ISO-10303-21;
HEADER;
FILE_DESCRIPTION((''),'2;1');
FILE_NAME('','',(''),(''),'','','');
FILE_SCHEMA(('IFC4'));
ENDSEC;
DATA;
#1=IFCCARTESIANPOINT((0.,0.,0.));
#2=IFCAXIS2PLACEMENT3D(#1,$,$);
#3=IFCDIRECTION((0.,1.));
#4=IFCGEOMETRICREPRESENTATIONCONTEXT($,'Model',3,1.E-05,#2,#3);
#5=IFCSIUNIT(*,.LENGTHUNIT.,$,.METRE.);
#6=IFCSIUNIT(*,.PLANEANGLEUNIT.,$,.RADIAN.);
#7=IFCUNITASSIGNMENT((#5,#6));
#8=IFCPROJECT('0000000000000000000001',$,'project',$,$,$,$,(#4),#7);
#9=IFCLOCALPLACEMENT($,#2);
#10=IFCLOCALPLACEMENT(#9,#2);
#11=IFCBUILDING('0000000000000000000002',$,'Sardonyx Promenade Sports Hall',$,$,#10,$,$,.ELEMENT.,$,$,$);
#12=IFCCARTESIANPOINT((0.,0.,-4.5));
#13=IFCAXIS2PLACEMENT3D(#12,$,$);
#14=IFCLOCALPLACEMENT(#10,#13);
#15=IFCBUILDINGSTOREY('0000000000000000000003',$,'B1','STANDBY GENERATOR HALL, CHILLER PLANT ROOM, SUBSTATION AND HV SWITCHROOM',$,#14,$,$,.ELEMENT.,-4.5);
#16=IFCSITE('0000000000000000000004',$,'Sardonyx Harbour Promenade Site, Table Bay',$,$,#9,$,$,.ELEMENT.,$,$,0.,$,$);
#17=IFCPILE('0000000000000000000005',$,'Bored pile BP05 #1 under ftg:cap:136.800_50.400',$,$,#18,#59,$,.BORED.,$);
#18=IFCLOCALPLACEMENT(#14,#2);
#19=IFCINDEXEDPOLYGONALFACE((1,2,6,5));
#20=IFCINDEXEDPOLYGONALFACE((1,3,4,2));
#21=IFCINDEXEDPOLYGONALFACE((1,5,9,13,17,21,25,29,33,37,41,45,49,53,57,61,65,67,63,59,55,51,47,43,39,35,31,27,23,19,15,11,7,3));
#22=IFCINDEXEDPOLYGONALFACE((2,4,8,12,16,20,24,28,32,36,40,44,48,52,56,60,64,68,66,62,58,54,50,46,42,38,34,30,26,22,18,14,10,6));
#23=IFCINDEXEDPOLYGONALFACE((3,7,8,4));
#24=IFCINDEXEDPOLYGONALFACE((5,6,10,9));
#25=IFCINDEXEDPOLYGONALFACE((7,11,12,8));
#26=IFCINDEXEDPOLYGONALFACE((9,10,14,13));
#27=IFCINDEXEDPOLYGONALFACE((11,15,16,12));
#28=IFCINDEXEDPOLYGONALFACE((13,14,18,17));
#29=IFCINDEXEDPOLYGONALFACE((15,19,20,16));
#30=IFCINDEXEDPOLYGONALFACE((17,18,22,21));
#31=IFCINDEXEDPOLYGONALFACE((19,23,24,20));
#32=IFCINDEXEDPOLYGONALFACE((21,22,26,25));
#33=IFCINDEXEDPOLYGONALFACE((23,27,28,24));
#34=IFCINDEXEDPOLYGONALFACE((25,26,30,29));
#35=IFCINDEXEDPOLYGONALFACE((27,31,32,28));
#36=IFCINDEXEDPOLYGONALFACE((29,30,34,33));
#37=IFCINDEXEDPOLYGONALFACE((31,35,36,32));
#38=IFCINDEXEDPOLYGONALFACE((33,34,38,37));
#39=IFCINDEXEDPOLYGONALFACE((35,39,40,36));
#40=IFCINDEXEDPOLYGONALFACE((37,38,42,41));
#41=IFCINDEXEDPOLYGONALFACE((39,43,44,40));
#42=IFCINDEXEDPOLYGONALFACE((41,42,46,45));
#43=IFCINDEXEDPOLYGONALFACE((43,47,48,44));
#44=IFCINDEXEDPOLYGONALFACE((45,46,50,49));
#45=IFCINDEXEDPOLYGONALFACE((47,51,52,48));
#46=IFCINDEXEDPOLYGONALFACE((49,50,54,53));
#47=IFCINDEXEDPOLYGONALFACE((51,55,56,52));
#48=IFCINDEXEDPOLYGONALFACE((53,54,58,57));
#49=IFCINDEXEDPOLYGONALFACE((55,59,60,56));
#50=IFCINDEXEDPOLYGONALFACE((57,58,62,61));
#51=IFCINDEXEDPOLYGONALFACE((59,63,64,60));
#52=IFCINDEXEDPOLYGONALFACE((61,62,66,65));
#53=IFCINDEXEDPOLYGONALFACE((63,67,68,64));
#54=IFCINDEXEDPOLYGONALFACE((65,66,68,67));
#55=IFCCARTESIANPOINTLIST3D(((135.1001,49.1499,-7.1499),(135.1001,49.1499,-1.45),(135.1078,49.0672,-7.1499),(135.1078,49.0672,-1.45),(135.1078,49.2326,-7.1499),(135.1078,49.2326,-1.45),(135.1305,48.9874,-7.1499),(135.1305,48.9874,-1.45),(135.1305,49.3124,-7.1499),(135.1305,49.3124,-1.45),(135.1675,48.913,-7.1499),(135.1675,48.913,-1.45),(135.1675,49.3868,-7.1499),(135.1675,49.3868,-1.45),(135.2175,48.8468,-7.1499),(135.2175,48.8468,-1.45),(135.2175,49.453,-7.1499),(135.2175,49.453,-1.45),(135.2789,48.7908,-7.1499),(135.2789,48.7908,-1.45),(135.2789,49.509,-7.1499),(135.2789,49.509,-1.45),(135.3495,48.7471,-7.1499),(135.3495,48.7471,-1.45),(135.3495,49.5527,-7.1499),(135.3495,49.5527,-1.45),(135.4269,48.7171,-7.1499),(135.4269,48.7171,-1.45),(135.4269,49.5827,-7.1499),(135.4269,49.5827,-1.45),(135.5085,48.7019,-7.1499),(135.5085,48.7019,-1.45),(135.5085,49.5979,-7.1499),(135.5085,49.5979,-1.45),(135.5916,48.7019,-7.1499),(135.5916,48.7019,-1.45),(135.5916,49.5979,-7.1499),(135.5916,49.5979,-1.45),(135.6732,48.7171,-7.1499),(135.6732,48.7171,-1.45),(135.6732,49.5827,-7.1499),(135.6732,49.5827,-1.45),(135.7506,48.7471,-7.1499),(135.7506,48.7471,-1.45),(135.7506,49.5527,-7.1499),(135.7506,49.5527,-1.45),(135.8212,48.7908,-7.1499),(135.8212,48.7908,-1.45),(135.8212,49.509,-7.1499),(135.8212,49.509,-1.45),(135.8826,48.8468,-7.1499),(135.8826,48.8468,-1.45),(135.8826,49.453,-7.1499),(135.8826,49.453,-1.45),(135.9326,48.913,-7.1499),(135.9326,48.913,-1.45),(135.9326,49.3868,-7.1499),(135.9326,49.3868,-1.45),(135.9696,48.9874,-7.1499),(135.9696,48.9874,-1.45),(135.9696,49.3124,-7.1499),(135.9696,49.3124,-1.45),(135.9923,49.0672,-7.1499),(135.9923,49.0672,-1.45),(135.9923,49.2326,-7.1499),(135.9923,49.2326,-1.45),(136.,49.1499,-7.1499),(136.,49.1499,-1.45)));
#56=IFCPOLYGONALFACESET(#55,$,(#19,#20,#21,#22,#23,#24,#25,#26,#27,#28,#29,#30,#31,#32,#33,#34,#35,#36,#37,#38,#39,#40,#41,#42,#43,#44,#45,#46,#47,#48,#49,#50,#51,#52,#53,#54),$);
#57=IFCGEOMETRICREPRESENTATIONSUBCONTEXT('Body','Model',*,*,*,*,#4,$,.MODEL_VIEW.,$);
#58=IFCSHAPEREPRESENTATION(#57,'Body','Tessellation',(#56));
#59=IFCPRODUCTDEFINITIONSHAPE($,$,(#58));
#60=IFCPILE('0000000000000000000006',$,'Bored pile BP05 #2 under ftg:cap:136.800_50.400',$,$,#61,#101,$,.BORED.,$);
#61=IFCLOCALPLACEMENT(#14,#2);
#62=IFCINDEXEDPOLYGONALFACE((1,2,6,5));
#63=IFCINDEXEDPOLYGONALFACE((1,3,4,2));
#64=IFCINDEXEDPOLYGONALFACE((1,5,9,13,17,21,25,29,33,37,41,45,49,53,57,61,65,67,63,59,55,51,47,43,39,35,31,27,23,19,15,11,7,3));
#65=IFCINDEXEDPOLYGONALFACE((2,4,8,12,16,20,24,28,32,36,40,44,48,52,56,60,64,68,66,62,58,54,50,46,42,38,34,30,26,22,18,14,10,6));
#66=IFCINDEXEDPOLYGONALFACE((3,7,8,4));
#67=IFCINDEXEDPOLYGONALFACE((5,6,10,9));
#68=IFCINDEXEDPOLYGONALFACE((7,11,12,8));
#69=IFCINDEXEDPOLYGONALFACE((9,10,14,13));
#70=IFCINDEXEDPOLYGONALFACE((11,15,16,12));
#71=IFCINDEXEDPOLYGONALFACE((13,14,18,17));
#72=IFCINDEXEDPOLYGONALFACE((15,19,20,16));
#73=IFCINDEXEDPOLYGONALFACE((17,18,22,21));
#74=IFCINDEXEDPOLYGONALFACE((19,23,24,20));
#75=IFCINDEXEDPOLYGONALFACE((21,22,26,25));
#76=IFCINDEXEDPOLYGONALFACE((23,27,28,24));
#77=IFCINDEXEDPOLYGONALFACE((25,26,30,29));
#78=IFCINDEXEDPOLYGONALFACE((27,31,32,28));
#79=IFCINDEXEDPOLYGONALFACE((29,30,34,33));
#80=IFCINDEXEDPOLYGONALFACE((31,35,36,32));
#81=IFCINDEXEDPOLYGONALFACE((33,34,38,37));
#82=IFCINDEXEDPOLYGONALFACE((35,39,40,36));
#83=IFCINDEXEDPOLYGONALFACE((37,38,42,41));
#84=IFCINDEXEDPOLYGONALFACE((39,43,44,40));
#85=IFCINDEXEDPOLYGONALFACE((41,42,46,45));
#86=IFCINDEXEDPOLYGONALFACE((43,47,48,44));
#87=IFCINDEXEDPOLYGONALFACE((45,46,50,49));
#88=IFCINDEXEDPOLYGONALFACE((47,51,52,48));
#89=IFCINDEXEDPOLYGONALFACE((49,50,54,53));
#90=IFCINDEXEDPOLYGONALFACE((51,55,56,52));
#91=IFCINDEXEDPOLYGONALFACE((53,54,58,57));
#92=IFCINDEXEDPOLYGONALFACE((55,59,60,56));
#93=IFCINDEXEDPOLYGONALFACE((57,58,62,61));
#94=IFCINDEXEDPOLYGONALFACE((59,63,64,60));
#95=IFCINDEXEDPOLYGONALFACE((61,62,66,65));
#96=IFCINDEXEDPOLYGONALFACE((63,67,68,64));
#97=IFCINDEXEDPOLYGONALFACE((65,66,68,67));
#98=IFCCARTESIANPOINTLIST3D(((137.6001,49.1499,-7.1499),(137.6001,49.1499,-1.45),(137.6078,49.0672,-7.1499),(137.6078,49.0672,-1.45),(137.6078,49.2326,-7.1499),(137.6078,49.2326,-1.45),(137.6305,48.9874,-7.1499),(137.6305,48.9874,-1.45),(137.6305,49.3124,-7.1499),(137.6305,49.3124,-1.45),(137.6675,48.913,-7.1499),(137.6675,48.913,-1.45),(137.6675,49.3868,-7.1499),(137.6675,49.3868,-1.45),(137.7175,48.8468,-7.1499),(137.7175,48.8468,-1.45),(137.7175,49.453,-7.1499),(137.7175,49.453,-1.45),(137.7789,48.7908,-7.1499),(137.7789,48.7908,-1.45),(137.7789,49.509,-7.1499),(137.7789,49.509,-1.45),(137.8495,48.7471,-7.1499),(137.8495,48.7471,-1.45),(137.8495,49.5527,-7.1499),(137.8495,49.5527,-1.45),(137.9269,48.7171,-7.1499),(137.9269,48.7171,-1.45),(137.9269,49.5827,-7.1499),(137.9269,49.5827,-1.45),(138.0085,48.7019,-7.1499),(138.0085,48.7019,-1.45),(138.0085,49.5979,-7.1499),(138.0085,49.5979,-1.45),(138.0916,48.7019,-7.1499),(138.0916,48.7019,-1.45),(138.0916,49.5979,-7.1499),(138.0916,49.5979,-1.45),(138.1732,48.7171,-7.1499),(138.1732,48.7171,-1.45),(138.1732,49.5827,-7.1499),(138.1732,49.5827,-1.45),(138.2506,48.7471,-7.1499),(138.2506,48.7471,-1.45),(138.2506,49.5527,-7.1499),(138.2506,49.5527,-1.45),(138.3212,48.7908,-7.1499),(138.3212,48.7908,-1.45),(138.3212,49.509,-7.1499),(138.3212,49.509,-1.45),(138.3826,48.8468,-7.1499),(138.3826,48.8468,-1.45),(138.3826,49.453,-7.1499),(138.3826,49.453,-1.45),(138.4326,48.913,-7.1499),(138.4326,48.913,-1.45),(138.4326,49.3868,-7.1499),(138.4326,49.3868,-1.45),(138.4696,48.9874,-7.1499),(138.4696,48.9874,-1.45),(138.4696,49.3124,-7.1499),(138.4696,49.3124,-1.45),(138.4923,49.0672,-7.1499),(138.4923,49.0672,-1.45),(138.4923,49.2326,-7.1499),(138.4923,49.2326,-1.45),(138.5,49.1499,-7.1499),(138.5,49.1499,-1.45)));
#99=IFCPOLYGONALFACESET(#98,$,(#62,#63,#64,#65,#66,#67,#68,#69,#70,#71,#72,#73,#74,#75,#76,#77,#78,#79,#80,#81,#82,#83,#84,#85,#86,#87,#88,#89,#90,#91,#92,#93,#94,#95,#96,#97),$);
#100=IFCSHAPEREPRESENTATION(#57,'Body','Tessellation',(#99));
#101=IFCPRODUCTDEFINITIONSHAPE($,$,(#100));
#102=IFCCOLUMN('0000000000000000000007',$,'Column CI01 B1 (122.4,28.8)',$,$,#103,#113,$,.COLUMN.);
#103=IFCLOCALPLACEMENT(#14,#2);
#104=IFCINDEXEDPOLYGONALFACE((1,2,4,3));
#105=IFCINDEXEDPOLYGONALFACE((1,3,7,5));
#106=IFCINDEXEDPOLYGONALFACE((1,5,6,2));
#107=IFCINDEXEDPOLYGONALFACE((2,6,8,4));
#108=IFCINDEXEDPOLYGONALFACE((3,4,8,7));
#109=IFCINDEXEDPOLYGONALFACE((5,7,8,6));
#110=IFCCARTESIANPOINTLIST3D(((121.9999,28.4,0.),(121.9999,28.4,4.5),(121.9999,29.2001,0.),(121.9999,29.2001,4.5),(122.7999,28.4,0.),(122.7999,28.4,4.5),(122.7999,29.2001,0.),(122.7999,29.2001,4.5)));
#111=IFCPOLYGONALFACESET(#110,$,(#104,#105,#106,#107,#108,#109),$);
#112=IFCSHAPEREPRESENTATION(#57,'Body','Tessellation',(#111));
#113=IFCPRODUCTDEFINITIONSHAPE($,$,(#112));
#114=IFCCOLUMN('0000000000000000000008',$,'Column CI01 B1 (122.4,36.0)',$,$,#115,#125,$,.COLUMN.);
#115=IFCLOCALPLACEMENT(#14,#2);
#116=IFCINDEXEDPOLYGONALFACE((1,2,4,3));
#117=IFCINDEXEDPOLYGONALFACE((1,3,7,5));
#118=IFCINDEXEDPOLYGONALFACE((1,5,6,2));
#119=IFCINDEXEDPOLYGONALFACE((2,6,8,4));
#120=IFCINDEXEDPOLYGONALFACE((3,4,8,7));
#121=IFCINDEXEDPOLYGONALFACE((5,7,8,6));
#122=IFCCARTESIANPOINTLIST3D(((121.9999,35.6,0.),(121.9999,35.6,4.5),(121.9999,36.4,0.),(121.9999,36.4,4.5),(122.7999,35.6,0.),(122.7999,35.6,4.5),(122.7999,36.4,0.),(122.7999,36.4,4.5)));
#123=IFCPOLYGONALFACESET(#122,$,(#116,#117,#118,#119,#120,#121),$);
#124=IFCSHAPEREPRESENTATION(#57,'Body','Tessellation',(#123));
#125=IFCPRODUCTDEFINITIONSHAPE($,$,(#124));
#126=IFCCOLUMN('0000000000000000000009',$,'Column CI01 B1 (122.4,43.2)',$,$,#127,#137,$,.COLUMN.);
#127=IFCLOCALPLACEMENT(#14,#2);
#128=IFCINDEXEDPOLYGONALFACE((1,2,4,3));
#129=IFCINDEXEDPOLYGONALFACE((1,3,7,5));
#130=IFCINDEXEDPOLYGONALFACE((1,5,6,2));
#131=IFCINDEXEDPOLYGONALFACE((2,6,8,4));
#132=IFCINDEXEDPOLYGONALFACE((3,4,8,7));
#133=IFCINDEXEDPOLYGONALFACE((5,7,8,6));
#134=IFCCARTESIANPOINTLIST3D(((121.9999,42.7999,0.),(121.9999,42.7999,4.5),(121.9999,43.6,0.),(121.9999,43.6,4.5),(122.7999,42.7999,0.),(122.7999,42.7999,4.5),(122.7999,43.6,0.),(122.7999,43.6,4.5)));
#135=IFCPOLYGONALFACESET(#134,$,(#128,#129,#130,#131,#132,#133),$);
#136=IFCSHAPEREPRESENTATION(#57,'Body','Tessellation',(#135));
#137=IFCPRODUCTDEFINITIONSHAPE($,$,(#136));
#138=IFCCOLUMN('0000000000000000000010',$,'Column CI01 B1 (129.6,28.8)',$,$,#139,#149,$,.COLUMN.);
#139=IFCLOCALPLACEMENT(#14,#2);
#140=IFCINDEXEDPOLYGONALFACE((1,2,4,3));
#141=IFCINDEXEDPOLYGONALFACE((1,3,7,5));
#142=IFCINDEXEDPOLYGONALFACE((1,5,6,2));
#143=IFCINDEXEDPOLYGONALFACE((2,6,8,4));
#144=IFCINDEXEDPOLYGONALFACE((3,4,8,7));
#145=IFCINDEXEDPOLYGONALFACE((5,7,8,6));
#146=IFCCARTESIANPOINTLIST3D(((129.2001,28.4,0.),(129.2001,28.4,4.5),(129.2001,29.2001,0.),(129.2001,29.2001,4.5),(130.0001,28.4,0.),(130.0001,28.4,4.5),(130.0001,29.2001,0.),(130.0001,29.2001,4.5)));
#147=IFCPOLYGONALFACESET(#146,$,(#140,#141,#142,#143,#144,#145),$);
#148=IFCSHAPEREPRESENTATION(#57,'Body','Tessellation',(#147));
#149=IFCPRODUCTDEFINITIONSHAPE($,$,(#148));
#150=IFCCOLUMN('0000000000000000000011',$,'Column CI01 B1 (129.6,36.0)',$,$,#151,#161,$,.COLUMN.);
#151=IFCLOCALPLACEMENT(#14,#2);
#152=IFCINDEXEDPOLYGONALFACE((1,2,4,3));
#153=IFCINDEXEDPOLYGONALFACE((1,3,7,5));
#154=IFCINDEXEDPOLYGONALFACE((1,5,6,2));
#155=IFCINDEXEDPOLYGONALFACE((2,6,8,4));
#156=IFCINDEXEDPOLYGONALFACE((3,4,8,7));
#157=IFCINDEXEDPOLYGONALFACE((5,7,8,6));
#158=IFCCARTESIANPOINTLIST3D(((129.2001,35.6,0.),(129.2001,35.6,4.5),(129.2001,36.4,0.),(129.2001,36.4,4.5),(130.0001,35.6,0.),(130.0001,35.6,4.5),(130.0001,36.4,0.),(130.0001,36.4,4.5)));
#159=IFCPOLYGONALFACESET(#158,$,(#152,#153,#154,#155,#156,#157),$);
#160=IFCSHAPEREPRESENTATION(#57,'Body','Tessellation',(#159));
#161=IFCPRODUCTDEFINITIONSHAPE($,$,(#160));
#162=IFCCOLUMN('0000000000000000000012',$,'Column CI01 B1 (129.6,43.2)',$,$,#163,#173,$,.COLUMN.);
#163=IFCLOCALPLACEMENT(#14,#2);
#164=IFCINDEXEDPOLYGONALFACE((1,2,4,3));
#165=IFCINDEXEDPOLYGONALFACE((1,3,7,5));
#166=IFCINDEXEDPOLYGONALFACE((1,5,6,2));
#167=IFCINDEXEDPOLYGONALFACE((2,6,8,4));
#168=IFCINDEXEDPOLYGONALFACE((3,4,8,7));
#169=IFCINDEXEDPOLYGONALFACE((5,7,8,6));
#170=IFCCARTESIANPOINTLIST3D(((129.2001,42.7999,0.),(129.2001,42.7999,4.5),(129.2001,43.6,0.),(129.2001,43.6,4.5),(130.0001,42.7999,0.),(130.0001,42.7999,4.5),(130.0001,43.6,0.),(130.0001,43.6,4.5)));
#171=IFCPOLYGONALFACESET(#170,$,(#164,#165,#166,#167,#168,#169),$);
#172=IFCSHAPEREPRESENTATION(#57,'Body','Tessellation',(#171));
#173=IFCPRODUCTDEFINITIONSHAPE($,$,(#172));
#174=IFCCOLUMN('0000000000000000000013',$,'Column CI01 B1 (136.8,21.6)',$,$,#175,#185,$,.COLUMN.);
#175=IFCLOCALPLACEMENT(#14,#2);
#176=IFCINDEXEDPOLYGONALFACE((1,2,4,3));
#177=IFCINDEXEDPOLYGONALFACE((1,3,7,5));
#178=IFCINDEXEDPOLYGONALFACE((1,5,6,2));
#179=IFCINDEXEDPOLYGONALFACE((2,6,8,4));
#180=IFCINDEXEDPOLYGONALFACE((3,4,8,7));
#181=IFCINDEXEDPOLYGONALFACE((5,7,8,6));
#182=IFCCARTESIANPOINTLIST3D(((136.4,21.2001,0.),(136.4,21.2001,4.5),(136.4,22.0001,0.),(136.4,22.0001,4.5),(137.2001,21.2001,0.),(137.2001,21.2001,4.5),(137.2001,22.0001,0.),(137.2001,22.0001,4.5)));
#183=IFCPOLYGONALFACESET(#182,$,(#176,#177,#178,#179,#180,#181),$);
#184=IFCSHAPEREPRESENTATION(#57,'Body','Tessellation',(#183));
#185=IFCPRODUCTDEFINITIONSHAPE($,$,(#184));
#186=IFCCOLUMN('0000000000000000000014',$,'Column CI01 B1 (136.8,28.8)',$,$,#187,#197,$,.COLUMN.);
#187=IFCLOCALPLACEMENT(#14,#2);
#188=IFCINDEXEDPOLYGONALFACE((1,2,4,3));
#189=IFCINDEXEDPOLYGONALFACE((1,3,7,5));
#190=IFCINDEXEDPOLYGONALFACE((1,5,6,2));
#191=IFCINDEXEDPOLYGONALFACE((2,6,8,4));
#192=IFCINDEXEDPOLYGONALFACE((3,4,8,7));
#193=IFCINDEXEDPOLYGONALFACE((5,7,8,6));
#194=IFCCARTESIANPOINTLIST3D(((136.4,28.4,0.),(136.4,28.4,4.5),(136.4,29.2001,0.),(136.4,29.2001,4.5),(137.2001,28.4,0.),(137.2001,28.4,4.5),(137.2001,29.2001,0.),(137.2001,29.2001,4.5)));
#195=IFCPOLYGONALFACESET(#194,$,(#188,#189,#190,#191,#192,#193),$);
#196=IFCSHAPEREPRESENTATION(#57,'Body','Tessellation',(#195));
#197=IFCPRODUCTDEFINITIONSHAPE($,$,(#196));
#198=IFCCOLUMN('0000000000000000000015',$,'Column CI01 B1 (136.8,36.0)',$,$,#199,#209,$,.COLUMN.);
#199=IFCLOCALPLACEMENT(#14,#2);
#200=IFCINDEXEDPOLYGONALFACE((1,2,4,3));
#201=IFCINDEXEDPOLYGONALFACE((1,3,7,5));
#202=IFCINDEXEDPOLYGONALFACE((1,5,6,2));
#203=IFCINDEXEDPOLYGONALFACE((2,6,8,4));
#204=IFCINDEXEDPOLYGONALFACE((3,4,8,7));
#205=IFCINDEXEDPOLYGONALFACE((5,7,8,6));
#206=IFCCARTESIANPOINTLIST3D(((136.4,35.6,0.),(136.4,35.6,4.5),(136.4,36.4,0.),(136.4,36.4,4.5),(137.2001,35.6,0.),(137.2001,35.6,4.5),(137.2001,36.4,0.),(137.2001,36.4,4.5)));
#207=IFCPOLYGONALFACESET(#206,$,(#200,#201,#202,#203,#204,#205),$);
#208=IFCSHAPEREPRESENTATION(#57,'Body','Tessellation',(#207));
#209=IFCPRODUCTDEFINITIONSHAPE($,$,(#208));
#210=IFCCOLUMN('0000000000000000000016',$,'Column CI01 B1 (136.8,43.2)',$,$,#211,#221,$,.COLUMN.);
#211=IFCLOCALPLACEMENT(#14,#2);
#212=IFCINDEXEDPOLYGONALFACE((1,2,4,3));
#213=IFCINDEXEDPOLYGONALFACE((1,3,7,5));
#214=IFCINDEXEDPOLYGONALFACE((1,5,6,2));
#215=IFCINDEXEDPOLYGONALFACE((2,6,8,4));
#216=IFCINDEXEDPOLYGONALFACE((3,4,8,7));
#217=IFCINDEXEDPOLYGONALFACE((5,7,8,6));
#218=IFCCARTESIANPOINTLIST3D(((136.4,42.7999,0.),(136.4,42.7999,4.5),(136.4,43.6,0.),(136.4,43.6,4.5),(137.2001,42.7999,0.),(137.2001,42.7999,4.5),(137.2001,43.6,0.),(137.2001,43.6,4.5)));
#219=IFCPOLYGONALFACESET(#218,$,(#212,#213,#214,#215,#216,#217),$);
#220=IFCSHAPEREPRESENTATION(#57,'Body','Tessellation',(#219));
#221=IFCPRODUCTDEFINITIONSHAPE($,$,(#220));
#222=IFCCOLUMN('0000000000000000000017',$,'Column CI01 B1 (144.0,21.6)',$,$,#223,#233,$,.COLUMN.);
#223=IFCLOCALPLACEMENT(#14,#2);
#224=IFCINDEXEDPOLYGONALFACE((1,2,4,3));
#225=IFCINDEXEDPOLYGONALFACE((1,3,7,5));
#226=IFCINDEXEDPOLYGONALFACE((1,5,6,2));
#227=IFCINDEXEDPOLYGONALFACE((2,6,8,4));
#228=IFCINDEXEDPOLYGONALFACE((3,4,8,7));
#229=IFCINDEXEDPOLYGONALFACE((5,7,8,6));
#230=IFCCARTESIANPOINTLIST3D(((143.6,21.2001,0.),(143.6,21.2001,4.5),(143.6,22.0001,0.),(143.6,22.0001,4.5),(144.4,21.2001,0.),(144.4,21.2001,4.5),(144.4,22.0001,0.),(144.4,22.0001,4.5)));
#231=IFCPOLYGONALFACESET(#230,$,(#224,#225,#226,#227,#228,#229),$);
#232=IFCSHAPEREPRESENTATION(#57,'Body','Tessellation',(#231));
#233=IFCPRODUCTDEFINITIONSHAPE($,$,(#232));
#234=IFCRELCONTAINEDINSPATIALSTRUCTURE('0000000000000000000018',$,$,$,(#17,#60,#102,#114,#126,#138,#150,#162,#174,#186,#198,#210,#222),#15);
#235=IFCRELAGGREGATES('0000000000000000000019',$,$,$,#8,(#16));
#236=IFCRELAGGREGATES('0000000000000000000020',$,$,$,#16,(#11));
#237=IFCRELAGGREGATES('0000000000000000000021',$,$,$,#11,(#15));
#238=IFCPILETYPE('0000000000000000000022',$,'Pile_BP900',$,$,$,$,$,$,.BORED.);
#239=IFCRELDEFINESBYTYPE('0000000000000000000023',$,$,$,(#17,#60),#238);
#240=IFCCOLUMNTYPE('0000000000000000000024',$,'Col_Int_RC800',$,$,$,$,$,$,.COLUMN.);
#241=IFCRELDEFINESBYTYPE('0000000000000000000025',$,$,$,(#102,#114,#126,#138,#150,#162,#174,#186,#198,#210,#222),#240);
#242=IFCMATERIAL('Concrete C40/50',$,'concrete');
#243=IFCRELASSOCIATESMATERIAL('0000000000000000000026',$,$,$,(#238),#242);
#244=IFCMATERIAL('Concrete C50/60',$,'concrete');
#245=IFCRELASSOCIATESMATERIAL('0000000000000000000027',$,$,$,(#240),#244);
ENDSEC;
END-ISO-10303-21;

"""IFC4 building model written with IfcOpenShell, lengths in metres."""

from ifc_helpers import new_model, si_unit, direction, frame, origin, origin_2d, place, context, subcontext, project, spatial, rectangle, circle, extrude, material, material_profile, profile_set, type_object, element, save


model = new_model("IFC4")

# Units and contexts
model_context = context("Model", 3, precision=1e-05, world=origin(), true_north=direction((0.0, 1.0)))
body_context = subcontext(model_context, "Body", "Model", "MODEL_VIEW")
ifc_project = project(units=[si_unit("LENGTHUNIT", "METRE"), si_unit("PLANEANGLEUNIT", "RADIAN")], contexts=[model_context])

# Site, building, storey
site_placement = place(None, origin())
site = spatial("IfcSite", under=ifc_project, at=site_placement, Name="Sardonyx Harbour Promenade Site, Table Bay", CompositionType="ELEMENT", RefElevation=0.0)
building_placement = place(site_placement, origin())
building = spatial("IfcBuilding", under=site, at=building_placement, Name="Sardonyx Promenade Sports Hall", CompositionType="ELEMENT")
storey_placement = place(building_placement, frame((0.0, 0.0, -4.5)))
storey = spatial("IfcBuildingStorey", under=building, at=storey_placement, Name="B1", Description="STANDBY GENERATOR HALL, CHILLER PLANT ROOM, SUBSTATION AND HV SWITCHROOM", CompositionType="ELEMENT", Elevation=-4.5)

# Piles
ifc_material_1 = material(Name="Concrete C40/50", Category="concrete")
ifc_material_profile_1 = material_profile(ifc_material_1, circle(Radius=0.45, at=origin_2d()))
ifc_profile_set_1 = profile_set([ifc_material_profile_1], Name="Concrete C40/50")
pile_type_1 = type_object("IfcPileType", Name="Pile_BP900", PredefinedType="BORED", material=ifc_profile_set_1)
for number, where, z_axis, x_axis, name in (
    (1, (135.55, 49.1499, -1.45), (0.0, 0.0, -1.0), (1.0, 0.0, 0.0), "Bored pile BP05 #1 under ftg:cap:136.800_50.400"),
    (2, (138.05, 49.1499, -1.45), (0.0, 0.0, -1.0), (1.0, 0.0, 0.0), "Bored pile BP05 #2 under ftg:cap:136.800_50.400"),
):
    element("IfcPile", number, at=place(storey_placement, frame(where, z_axis=z_axis, x_axis=x_axis)), inside=storey, type_object=pile_type_1, Name=name, PredefinedType="BORED", context=body_context, shape_type="SweptSolid", body=[
        extrude(circle(Radius=0.45, at=origin_2d()), origin(), (0.0, 0.0, 1.0), 5.7),
    ])

# Columns
ifc_material_2 = material(Name="Concrete C50/60", Category="concrete")
ifc_material_profile_2 = material_profile(ifc_material_2, rectangle(XDim=0.8, YDim=0.8, at=origin_2d()))
ifc_profile_set_2 = profile_set([ifc_material_profile_2], Name="Concrete C50/60")
column_type = type_object("IfcColumnType", Name="Col_Int_RC800", PredefinedType="COLUMN", material=ifc_profile_set_2)
for number, where, z_axis, x_axis, name in (
    (3, (122.3999, 28.8, 0.0), (0.0, 0.0, 1.0), (1.0, 0.0, 0.0), "Column CI01 B1 (122.4,28.8)"),
    (4, (122.3999, 36.0, 0.0), (0.0, 0.0, 1.0), (1.0, 0.0, 0.0), "Column CI01 B1 (122.4,36.0)"),
    (5, (122.3999, 43.2, 0.0), (0.0, 0.0, 1.0), (1.0, 0.0, 0.0), "Column CI01 B1 (122.4,43.2)"),
    (6, (129.6001, 28.8, 0.0), (0.0, 0.0, 1.0), (1.0, 0.0, 0.0), "Column CI01 B1 (129.6,28.8)"),
    (7, (129.6001, 36.0, 0.0), (0.0, 0.0, 1.0), (1.0, 0.0, 0.0), "Column CI01 B1 (129.6,36.0)"),
    (8, (129.6001, 43.2, 0.0), (0.0, 0.0, 1.0), (1.0, 0.0, 0.0), "Column CI01 B1 (129.6,43.2)"),
    (9, (136.8, 21.6001, 0.0), (0.0, 0.0, 1.0), (1.0, 0.0, 0.0), "Column CI01 B1 (136.8,21.6)"),
    (10, (136.8, 28.8, 0.0), (0.0, 0.0, 1.0), (1.0, 0.0, 0.0), "Column CI01 B1 (136.8,28.8)"),
    (11, (136.8, 36.0, 0.0), (0.0, 0.0, 1.0), (1.0, 0.0, 0.0), "Column CI01 B1 (136.8,36.0)"),
    (12, (136.8, 43.2, 0.0), (0.0, 0.0, 1.0), (1.0, 0.0, 0.0), "Column CI01 B1 (136.8,43.2)"),
    (13, (144.0, 21.6001, 0.0), (0.0, 0.0, 1.0), (1.0, 0.0, 0.0), "Column CI01 B1 (144.0,21.6)"),
):
    element("IfcColumn", number, at=place(storey_placement, frame(where, z_axis=z_axis, x_axis=x_axis)), inside=storey, type_object=column_type, Name=name, PredefinedType="COLUMN", context=body_context, shape_type="SweptSolid", body=[
        extrude(rectangle(XDim=0.8, YDim=0.8, at=origin_2d()), origin(), (0.0, 0.0, 1.0), 4.5),
    ])

save(model, "model.ifc")
